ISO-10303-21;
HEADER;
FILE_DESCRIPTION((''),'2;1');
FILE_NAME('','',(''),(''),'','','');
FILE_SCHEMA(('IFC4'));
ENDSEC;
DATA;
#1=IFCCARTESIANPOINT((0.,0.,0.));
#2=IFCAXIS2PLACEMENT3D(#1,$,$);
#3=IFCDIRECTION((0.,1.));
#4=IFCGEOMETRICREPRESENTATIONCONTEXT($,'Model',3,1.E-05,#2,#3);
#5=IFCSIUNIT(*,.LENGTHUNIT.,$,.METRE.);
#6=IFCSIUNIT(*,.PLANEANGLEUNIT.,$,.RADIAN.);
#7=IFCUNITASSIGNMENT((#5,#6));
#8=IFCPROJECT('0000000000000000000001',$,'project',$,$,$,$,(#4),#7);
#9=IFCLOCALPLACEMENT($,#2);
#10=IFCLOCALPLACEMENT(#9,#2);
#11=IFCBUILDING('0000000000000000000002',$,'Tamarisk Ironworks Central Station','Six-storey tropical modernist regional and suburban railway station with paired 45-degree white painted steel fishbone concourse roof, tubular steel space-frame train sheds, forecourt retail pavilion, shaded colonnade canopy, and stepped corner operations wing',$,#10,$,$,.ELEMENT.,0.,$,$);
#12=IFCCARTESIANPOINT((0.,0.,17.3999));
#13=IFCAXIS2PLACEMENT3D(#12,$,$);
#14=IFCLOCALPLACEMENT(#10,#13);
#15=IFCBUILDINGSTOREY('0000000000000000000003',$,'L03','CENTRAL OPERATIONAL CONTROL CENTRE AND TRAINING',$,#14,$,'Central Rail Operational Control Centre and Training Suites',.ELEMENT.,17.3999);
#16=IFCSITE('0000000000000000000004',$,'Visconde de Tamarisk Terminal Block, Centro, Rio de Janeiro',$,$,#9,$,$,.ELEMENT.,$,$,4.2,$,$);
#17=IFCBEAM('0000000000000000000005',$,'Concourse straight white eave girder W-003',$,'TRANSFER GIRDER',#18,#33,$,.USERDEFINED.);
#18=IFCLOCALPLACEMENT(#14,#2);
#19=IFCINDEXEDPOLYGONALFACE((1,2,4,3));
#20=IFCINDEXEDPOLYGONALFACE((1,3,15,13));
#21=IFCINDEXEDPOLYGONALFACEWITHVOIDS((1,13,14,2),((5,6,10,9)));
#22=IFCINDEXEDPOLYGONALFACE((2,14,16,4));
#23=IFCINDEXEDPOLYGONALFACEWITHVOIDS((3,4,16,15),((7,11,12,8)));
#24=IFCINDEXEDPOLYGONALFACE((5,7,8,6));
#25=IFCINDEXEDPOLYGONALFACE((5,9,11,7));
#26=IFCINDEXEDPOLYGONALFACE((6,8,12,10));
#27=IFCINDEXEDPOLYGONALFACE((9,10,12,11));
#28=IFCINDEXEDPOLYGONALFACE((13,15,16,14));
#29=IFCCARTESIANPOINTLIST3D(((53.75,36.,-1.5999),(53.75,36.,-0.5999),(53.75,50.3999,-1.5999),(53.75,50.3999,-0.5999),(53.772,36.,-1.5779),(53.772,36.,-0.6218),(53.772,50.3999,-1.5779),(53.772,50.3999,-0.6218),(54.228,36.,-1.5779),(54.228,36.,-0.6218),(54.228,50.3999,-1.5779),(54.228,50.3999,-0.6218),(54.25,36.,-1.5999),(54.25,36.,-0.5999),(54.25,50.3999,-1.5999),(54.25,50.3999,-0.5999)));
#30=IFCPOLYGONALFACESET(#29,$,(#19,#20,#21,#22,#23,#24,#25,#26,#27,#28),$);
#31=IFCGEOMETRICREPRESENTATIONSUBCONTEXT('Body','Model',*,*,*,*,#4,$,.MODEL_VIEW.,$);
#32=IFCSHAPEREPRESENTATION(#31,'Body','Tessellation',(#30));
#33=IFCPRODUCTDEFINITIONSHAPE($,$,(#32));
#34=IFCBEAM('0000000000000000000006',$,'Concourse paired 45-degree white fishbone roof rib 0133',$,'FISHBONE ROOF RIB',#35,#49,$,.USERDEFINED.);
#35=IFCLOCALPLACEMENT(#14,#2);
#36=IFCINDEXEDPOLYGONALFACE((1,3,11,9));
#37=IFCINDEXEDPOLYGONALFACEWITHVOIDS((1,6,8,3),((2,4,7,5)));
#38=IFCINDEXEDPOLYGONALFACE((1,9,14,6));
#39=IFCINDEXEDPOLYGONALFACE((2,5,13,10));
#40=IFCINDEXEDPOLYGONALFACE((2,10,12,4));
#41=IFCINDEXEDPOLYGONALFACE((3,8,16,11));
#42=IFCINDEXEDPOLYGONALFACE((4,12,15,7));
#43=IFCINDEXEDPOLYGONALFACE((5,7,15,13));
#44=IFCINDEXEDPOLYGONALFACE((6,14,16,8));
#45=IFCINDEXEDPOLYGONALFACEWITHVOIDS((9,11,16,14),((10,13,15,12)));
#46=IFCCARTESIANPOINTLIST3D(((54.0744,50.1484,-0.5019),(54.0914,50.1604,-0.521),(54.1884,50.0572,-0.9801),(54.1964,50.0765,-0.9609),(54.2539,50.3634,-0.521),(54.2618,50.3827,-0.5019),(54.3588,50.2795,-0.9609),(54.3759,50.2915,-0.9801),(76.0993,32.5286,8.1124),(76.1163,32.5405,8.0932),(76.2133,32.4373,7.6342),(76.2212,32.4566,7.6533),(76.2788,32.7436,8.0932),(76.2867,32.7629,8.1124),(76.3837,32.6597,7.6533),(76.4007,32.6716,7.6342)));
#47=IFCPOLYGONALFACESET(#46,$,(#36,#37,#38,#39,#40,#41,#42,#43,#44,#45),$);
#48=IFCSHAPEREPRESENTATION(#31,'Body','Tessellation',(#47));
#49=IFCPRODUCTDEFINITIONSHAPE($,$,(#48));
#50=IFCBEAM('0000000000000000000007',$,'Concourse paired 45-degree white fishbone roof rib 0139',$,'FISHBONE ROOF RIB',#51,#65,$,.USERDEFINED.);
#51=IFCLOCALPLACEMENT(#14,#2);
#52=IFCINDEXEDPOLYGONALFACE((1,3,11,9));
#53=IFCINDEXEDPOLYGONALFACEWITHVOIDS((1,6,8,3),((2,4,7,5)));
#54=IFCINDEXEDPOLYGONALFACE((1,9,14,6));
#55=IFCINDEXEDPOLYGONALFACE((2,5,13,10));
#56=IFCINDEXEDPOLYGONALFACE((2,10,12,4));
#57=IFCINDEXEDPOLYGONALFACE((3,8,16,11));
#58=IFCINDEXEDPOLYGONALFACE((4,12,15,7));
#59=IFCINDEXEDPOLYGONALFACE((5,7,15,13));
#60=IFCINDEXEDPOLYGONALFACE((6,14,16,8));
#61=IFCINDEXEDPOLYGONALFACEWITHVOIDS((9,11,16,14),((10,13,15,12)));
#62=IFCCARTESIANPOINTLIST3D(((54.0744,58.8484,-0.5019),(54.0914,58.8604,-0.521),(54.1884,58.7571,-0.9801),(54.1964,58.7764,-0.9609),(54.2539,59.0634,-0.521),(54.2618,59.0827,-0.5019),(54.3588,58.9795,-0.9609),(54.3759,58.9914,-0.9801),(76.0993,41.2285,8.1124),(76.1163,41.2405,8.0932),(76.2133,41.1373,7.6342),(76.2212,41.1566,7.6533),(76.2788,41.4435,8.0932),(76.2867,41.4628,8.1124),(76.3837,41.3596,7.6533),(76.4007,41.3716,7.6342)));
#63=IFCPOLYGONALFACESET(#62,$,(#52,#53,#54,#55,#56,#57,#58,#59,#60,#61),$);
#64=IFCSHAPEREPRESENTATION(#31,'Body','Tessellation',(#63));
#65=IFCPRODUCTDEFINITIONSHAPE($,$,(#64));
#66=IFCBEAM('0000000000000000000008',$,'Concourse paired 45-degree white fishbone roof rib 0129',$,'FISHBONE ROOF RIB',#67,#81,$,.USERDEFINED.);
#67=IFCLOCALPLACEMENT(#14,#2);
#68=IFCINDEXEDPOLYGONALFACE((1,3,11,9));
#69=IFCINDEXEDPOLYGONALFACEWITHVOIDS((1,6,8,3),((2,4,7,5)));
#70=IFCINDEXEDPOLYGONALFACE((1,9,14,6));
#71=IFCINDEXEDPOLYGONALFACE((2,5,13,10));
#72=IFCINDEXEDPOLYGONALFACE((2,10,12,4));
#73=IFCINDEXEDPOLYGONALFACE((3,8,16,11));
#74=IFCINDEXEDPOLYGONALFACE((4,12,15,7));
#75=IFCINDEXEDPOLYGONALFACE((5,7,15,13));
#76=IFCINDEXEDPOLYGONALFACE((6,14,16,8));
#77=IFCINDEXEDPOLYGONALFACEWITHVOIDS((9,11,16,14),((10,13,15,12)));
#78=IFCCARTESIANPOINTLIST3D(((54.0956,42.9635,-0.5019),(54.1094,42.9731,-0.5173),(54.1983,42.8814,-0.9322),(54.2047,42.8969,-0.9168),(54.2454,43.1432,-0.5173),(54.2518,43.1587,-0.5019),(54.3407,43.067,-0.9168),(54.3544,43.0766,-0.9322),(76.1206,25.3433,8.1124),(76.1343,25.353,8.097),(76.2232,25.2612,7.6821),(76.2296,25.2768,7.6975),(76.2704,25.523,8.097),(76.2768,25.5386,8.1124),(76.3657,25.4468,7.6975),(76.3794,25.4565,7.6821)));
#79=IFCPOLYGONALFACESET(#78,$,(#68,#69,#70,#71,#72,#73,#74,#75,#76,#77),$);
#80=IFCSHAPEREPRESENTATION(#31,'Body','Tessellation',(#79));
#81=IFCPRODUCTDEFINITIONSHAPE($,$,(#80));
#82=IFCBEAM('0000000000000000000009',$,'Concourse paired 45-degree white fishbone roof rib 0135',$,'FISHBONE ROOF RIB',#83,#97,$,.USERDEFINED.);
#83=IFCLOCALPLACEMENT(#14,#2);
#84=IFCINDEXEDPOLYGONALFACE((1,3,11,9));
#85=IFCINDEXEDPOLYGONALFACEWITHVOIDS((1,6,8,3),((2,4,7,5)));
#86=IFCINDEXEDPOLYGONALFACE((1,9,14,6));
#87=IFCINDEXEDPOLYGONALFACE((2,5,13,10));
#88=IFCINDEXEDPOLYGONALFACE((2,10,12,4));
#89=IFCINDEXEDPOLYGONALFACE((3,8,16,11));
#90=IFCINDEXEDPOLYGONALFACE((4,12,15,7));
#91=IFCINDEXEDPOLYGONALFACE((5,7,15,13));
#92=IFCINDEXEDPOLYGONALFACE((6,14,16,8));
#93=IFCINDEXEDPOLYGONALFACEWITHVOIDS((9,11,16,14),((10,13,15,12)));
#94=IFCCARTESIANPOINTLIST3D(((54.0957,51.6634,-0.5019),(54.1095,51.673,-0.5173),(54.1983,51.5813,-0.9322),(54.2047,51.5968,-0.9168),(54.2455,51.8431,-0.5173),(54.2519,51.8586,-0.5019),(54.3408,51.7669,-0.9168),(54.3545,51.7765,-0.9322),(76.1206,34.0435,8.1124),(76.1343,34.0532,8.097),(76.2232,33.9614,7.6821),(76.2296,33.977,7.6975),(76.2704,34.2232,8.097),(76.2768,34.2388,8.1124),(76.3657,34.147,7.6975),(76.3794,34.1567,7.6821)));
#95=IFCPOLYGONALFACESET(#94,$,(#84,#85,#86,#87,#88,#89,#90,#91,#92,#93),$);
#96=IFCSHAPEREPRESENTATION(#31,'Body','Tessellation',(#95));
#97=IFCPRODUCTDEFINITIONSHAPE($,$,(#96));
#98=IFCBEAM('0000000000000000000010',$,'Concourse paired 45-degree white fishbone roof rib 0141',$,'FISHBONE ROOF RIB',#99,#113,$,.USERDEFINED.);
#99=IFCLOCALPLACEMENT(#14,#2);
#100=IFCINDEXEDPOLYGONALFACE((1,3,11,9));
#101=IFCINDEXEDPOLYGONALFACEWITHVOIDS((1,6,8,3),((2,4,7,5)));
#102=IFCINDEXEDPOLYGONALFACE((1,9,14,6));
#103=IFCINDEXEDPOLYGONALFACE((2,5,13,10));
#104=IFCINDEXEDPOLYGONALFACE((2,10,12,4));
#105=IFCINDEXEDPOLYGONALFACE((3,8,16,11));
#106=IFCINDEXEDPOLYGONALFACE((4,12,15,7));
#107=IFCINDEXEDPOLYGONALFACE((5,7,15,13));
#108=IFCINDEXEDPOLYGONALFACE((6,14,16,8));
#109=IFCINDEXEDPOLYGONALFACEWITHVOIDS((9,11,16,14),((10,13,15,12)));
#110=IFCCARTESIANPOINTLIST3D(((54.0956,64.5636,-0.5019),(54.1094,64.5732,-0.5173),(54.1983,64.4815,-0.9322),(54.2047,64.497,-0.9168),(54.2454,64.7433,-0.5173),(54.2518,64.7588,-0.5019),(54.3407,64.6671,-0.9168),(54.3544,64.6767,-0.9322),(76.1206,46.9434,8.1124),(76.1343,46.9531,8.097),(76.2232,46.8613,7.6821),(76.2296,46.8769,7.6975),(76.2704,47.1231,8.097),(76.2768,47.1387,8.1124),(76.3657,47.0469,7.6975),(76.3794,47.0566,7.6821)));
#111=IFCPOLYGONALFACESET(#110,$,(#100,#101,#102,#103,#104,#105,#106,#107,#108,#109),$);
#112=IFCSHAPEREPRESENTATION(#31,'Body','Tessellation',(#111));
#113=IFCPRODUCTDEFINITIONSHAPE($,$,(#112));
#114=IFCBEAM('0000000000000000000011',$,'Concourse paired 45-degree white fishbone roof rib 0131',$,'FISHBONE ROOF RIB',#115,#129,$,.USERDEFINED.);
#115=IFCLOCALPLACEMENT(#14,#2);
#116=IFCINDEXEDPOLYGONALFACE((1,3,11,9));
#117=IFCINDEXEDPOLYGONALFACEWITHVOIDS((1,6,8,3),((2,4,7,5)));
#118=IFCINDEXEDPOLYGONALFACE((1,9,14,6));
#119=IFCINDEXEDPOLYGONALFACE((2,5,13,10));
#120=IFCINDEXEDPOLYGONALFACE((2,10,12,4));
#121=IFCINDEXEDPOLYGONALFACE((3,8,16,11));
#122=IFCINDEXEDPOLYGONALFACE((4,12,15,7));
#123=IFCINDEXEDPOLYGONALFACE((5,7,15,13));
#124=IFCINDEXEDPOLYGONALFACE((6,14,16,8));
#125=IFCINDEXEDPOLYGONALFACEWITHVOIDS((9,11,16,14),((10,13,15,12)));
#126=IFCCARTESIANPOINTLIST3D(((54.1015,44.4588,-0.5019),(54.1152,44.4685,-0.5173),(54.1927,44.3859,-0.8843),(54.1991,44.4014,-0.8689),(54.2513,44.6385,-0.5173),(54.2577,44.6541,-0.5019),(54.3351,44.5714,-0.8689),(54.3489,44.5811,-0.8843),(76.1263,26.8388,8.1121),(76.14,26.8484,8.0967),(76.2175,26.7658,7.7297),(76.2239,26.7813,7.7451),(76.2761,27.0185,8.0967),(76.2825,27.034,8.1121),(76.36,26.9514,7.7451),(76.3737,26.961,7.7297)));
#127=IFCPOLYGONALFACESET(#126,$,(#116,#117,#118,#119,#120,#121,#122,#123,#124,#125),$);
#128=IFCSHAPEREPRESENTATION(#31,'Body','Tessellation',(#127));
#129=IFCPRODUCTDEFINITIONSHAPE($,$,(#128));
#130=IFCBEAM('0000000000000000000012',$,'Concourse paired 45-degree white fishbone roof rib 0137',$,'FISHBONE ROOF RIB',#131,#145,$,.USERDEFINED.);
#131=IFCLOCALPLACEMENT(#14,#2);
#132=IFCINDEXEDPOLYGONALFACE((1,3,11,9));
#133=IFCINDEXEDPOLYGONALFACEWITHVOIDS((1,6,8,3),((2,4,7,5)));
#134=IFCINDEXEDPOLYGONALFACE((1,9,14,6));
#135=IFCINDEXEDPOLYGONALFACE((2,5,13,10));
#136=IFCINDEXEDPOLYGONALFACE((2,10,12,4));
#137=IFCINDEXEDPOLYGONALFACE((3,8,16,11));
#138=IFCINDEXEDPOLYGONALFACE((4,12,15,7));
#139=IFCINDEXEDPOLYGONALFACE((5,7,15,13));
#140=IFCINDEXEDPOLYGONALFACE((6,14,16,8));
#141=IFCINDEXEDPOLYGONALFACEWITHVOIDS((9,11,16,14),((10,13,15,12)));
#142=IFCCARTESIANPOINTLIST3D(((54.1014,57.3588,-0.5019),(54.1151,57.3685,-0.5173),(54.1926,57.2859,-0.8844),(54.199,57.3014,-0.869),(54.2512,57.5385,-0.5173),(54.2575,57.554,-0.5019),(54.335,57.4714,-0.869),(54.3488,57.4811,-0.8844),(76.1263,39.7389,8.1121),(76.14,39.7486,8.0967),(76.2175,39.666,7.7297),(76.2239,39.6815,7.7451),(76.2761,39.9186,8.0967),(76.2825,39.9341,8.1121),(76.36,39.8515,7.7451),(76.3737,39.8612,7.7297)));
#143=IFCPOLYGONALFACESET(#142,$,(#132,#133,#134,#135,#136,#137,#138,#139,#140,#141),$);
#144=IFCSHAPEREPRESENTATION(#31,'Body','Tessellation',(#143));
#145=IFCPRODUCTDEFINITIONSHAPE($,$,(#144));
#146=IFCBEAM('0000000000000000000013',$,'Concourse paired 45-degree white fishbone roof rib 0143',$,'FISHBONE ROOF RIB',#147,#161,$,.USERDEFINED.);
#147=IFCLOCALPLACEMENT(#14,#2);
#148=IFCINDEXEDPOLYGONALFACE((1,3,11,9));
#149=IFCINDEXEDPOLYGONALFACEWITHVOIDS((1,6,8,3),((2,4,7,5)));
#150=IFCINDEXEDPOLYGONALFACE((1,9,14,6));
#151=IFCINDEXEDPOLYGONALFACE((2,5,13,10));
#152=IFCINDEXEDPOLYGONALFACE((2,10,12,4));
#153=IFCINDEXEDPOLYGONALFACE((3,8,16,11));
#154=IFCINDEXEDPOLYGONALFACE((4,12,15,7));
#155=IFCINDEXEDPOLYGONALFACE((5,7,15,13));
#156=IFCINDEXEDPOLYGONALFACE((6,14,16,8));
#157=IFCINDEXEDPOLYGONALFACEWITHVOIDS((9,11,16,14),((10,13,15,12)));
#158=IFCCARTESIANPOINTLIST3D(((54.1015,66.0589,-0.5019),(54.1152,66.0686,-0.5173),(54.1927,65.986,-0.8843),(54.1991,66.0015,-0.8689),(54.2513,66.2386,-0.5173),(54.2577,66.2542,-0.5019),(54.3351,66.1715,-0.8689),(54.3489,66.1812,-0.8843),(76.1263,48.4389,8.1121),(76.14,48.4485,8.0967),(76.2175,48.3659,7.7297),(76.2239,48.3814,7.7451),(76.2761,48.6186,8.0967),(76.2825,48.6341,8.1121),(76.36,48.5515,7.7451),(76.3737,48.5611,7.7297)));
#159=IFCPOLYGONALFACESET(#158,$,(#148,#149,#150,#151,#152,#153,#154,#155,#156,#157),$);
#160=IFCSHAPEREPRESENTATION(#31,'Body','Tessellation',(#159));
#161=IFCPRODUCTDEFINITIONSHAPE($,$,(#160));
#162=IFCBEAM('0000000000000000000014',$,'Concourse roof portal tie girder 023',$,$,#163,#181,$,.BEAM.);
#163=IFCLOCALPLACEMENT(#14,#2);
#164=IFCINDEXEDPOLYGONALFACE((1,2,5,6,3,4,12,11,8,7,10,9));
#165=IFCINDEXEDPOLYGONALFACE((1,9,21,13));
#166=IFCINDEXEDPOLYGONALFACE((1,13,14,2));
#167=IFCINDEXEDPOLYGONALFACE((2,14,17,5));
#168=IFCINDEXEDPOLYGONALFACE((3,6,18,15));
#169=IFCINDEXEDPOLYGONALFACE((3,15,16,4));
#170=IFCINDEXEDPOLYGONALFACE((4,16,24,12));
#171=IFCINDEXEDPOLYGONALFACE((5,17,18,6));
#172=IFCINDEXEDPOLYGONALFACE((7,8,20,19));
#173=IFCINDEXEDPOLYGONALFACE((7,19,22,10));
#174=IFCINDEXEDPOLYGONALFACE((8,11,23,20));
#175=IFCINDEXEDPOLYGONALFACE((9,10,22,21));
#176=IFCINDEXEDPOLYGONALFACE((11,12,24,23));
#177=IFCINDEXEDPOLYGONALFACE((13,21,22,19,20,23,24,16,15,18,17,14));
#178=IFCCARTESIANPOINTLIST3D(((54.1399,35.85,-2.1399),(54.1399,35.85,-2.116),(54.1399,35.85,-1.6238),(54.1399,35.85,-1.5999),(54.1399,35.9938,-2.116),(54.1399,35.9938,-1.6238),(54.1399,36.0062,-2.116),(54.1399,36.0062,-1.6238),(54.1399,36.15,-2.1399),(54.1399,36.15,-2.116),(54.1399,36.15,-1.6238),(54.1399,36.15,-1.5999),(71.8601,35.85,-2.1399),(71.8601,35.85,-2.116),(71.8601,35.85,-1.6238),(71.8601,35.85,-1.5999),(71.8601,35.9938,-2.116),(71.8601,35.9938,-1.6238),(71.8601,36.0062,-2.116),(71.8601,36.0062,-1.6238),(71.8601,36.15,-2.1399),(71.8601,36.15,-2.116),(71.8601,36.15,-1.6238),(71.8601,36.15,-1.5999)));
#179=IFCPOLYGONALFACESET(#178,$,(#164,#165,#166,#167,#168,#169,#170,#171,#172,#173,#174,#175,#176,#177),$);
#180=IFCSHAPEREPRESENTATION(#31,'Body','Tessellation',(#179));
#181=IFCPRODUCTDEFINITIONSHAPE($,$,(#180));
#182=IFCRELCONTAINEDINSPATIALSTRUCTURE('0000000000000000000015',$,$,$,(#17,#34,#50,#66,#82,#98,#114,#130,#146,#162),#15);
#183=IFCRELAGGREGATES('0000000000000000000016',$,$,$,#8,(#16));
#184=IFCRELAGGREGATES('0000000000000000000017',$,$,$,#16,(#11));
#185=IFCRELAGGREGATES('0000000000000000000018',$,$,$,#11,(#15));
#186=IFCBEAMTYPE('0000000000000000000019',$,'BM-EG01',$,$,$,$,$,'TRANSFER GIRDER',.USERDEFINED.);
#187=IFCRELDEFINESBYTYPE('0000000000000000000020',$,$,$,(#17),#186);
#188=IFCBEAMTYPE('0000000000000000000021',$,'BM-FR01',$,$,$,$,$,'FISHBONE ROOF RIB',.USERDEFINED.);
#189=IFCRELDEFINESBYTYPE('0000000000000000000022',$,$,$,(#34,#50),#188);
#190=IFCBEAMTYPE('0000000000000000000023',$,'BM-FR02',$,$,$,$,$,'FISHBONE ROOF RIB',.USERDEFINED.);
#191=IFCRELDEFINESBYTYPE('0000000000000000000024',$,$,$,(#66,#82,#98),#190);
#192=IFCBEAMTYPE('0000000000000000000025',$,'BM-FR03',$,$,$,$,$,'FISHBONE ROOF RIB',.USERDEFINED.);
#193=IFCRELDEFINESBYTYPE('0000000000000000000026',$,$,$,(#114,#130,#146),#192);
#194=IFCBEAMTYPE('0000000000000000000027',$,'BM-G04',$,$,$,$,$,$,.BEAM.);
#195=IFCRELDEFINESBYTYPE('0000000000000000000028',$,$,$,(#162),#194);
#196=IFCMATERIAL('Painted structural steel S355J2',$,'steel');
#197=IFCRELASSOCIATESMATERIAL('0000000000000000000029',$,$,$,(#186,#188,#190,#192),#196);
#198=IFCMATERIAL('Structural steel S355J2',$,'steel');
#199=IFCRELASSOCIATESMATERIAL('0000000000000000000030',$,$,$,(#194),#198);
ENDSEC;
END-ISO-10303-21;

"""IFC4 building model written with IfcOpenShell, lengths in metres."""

from ifc_helpers import new_model, si_unit, direction, frame, origin, origin_2d, place, context, subcontext, project, spatial, hollow_rectangle, i_section, extrude, material, material_profile, profile_set, type_object, element, save


model = new_model("IFC4")

# Units and contexts
model_context = context("Model", 3, precision=1e-05, world=origin(), true_north=direction((0.0, 1.0)))
body_context = subcontext(model_context, "Body", "Model", "MODEL_VIEW")
ifc_project = project(units=[si_unit("LENGTHUNIT", "METRE"), si_unit("PLANEANGLEUNIT", "RADIAN")], contexts=[model_context])

# Site, building, storey
site_placement = place(None, origin())
site = spatial("IfcSite", under=ifc_project, at=site_placement, Name="Visconde de Tamarisk Terminal Block, Centro, Rio de Janeiro", CompositionType="ELEMENT", RefElevation=4.2)
building_placement = place(site_placement, origin())
building = spatial("IfcBuilding", under=site, at=building_placement, Name="Tamarisk Ironworks Central Station", Description="Six-storey tropical modernist regional and suburban railway station with paired 45-degree white painted steel fishbone concourse roof, tubular steel space-frame train sheds, forecourt retail pavilion, shaded colonnade canopy, and stepped corner operations wing", CompositionType="ELEMENT", ElevationOfRefHeight=0.0)
storey_placement = place(building_placement, frame((0.0, 0.0, 17.3999)))
storey = spatial("IfcBuildingStorey", under=building, at=storey_placement, Name="L03", Description="CENTRAL OPERATIONAL CONTROL CENTRE AND TRAINING", LongName="Central Rail Operational Control Centre and Training Suites", CompositionType="ELEMENT", Elevation=17.3999)

# Beams
ifc_material_1 = material(Name="Painted structural steel S355J2", Category="steel")
ifc_material_profile_1 = material_profile(ifc_material_1, hollow_rectangle(XDim=0.5, YDim=1.0, WallThickness=0.022, at=origin_2d()), Name="BOX 500x1000x22")
ifc_profile_set_1 = profile_set([ifc_material_profile_1], Name="Painted structural steel S355J2")
beam_type_1 = type_object("IfcBeamType", Name="BM-EG01", ElementType="TRANSFER GIRDER", PredefinedType="USERDEFINED", material=ifc_profile_set_1)
beam_1_placement = place(storey_placement, frame((54.0, 36.0, -1.0999), z_axis=(0.0, 1.0, 0.0), x_axis=(-1.0, 0.0, 0.0)))
element("IfcBeam", 1, at=beam_1_placement, inside=storey, type_object=beam_type_1, Name="Concourse straight white eave girder W-003", ObjectType="TRANSFER GIRDER", PredefinedType="USERDEFINED", context=body_context, shape_type="SweptSolid", body=[
    extrude(hollow_rectangle(XDim=0.5, YDim=1.0, WallThickness=0.022, at=origin_2d()), origin(), (0.0, 0.0, 1.0), 14.3999),
])
ifc_material_profile_2 = material_profile(ifc_material_1, hollow_rectangle(XDim=0.3, YDim=0.5, WallThickness=0.02, at=origin_2d()), Name="RHS 500x300x20")
ifc_profile_set_2 = profile_set([ifc_material_profile_2], Name="Painted structural steel S355J2")
beam_type_2 = type_object("IfcBeamType", Name="BM-FR01", ElementType="FISHBONE ROOF RIB", PredefinedType="USERDEFINED", material=ifc_profile_set_2)
for number, where, z_axis, x_axis, name in (
    (2, (76.25, 32.6001, 7.8733), (-0.746816, 0.597451, -0.292091), (-0.624694, -0.78087, 0.0), "Concourse paired 45-degree white fishbone roof rib 0133"),
    (3, (76.25, 41.3, 7.8733), (-0.746816, 0.597451, -0.292091), (-0.624694, -0.78087, 0.0), "Concourse paired 45-degree white fishbone roof rib 0139"),
):
    element("IfcBeam", number, at=place(storey_placement, frame(where, z_axis=z_axis, x_axis=x_axis)), inside=storey, type_object=beam_type_2, Name=name, ObjectType="FISHBONE ROOF RIB", PredefinedType="USERDEFINED", context=body_context, shape_type="SweptSolid", body=[
        extrude(hollow_rectangle(XDim=0.3, YDim=0.5, WallThickness=0.02, at=origin_2d()), origin(), (0.0, 0.0, 1.0), 29.4917),
    ])
ifc_material_profile_3 = material_profile(ifc_material_1, hollow_rectangle(XDim=0.25, YDim=0.45, WallThickness=0.0161, at=origin_2d()), Name="RHS 450x250x16")
ifc_profile_set_3 = profile_set([ifc_material_profile_3], Name="Painted structural steel S355J2")
beam_type_3 = type_object("IfcBeamType", Name="BM-FR02", ElementType="FISHBONE ROOF RIB", PredefinedType="USERDEFINED", material=ifc_profile_set_3)
beam_2_placement = place(storey_placement, frame((76.25, 25.3999, 7.8972), z_axis=(-0.746813, 0.597457, -0.292089), x_axis=(-0.624699, -0.780865, 0.0)))
element("IfcBeam", 4, at=beam_2_placement, inside=storey, type_object=beam_type_3, Name="Concourse paired 45-degree white fishbone roof rib 0129", ObjectType="FISHBONE ROOF RIB", PredefinedType="USERDEFINED", context=body_context, shape_type="SweptSolid", body=[
    extrude(hollow_rectangle(XDim=0.25, YDim=0.45, WallThickness=0.0161, at=origin_2d()), origin(), (0.0, 0.0, 1.0), 29.4919),
])
beam_3_placement = place(storey_placement, frame((76.25, 34.1001, 7.8972), z_axis=(-0.746816, 0.597451, -0.292091), x_axis=(-0.624694, -0.78087, 0.0)))
element("IfcBeam", 5, at=beam_3_placement, inside=storey, type_object=beam_type_3, Name="Concourse paired 45-degree white fishbone roof rib 0135", ObjectType="FISHBONE ROOF RIB", PredefinedType="USERDEFINED", context=body_context, shape_type="SweptSolid", body=[
    extrude(hollow_rectangle(XDim=0.25, YDim=0.45, WallThickness=0.0161, at=origin_2d()), origin(), (0.0, 0.0, 1.0), 29.4917),
])
beam_4_placement = place(storey_placement, frame((76.25, 47.0, 7.8972), z_axis=(-0.746813, 0.597457, -0.292089), x_axis=(-0.624699, -0.780865, 0.0)))
element("IfcBeam", 6, at=beam_4_placement, inside=storey, type_object=beam_type_3, Name="Concourse paired 45-degree white fishbone roof rib 0141", ObjectType="FISHBONE ROOF RIB", PredefinedType="USERDEFINED", context=body_context, shape_type="SweptSolid", body=[
    extrude(hollow_rectangle(XDim=0.25, YDim=0.45, WallThickness=0.0161, at=origin_2d()), origin(), (0.0, 0.0, 1.0), 29.4919),
])
ifc_material_profile_4 = material_profile(ifc_material_1, hollow_rectangle(XDim=0.25, YDim=0.3999, WallThickness=0.0161, at=origin_2d()), Name="RHS 400x250x16")
ifc_profile_set_4 = profile_set([ifc_material_profile_4], Name="Painted structural steel S355J2")
beam_type_4 = type_object("IfcBeamType", Name="BM-FR03", ElementType="FISHBONE ROOF RIB", PredefinedType="USERDEFINED", material=ifc_profile_set_4)
for number, where, z_axis, x_axis, name in (
    (7, (76.25, 26.8999, 7.9209), (-0.746815, 0.597458, -0.292082), (-0.624699, -0.780865, 0.0), "Concourse paired 45-degree white fishbone roof rib 0131"),
    (8, (76.25, 39.8, 7.9209), (-0.746818, 0.597453, -0.292083), (-0.624694, -0.78087, 0.0), "Concourse paired 45-degree white fishbone roof rib 0137"),
    (9, (76.25, 48.5, 7.9209), (-0.746815, 0.597458, -0.292082), (-0.624699, -0.780865, 0.0), "Concourse paired 45-degree white fishbone roof rib 0143"),
):
    element("IfcBeam", number, at=place(storey_placement, frame(where, z_axis=z_axis, x_axis=x_axis)), inside=storey, type_object=beam_type_4, Name=name, ObjectType="FISHBONE ROOF RIB", PredefinedType="USERDEFINED", context=body_context, shape_type="SweptSolid", body=[
        extrude(hollow_rectangle(XDim=0.25, YDim=0.3999, WallThickness=0.0161, at=origin_2d()), origin(), (0.0, 0.0, 1.0), 29.4917),
    ])
ifc_material_2 = material(Name="Structural steel S355J2", Category="steel")
ifc_material_profile_5 = material_profile(ifc_material_2, i_section(OverallWidth=0.3, OverallDepth=0.54, WebThickness=0.0125, FlangeThickness=0.0239, at=origin_2d()), Name="HEA 550")
ifc_profile_set_5 = profile_set([ifc_material_profile_5], Name="Structural steel S355J2")
beam_type_5 = type_object("IfcBeamType", Name="BM-G04", PredefinedType="BEAM", material=ifc_profile_set_5)
for number, where, z_axis, x_axis, name in (
    (10, (54.1399, 36.0, -1.8699), (1.0, 0.0, 0.0), (0.0, 1.0, 0.0), "Concourse roof portal tie girder 023"),
):
    element("IfcBeam", number, at=place(storey_placement, frame(where, z_axis=z_axis, x_axis=x_axis)), inside=storey, type_object=beam_type_5, Name=name, PredefinedType="BEAM", context=body_context, shape_type="SweptSolid", body=[
        extrude(i_section(OverallWidth=0.3, OverallDepth=0.54, WebThickness=0.0125, FlangeThickness=0.0239, at=origin_2d()), origin(), (0.0, 0.0, 1.0), 17.7202),
    ])

save(model, "model.ifc")
